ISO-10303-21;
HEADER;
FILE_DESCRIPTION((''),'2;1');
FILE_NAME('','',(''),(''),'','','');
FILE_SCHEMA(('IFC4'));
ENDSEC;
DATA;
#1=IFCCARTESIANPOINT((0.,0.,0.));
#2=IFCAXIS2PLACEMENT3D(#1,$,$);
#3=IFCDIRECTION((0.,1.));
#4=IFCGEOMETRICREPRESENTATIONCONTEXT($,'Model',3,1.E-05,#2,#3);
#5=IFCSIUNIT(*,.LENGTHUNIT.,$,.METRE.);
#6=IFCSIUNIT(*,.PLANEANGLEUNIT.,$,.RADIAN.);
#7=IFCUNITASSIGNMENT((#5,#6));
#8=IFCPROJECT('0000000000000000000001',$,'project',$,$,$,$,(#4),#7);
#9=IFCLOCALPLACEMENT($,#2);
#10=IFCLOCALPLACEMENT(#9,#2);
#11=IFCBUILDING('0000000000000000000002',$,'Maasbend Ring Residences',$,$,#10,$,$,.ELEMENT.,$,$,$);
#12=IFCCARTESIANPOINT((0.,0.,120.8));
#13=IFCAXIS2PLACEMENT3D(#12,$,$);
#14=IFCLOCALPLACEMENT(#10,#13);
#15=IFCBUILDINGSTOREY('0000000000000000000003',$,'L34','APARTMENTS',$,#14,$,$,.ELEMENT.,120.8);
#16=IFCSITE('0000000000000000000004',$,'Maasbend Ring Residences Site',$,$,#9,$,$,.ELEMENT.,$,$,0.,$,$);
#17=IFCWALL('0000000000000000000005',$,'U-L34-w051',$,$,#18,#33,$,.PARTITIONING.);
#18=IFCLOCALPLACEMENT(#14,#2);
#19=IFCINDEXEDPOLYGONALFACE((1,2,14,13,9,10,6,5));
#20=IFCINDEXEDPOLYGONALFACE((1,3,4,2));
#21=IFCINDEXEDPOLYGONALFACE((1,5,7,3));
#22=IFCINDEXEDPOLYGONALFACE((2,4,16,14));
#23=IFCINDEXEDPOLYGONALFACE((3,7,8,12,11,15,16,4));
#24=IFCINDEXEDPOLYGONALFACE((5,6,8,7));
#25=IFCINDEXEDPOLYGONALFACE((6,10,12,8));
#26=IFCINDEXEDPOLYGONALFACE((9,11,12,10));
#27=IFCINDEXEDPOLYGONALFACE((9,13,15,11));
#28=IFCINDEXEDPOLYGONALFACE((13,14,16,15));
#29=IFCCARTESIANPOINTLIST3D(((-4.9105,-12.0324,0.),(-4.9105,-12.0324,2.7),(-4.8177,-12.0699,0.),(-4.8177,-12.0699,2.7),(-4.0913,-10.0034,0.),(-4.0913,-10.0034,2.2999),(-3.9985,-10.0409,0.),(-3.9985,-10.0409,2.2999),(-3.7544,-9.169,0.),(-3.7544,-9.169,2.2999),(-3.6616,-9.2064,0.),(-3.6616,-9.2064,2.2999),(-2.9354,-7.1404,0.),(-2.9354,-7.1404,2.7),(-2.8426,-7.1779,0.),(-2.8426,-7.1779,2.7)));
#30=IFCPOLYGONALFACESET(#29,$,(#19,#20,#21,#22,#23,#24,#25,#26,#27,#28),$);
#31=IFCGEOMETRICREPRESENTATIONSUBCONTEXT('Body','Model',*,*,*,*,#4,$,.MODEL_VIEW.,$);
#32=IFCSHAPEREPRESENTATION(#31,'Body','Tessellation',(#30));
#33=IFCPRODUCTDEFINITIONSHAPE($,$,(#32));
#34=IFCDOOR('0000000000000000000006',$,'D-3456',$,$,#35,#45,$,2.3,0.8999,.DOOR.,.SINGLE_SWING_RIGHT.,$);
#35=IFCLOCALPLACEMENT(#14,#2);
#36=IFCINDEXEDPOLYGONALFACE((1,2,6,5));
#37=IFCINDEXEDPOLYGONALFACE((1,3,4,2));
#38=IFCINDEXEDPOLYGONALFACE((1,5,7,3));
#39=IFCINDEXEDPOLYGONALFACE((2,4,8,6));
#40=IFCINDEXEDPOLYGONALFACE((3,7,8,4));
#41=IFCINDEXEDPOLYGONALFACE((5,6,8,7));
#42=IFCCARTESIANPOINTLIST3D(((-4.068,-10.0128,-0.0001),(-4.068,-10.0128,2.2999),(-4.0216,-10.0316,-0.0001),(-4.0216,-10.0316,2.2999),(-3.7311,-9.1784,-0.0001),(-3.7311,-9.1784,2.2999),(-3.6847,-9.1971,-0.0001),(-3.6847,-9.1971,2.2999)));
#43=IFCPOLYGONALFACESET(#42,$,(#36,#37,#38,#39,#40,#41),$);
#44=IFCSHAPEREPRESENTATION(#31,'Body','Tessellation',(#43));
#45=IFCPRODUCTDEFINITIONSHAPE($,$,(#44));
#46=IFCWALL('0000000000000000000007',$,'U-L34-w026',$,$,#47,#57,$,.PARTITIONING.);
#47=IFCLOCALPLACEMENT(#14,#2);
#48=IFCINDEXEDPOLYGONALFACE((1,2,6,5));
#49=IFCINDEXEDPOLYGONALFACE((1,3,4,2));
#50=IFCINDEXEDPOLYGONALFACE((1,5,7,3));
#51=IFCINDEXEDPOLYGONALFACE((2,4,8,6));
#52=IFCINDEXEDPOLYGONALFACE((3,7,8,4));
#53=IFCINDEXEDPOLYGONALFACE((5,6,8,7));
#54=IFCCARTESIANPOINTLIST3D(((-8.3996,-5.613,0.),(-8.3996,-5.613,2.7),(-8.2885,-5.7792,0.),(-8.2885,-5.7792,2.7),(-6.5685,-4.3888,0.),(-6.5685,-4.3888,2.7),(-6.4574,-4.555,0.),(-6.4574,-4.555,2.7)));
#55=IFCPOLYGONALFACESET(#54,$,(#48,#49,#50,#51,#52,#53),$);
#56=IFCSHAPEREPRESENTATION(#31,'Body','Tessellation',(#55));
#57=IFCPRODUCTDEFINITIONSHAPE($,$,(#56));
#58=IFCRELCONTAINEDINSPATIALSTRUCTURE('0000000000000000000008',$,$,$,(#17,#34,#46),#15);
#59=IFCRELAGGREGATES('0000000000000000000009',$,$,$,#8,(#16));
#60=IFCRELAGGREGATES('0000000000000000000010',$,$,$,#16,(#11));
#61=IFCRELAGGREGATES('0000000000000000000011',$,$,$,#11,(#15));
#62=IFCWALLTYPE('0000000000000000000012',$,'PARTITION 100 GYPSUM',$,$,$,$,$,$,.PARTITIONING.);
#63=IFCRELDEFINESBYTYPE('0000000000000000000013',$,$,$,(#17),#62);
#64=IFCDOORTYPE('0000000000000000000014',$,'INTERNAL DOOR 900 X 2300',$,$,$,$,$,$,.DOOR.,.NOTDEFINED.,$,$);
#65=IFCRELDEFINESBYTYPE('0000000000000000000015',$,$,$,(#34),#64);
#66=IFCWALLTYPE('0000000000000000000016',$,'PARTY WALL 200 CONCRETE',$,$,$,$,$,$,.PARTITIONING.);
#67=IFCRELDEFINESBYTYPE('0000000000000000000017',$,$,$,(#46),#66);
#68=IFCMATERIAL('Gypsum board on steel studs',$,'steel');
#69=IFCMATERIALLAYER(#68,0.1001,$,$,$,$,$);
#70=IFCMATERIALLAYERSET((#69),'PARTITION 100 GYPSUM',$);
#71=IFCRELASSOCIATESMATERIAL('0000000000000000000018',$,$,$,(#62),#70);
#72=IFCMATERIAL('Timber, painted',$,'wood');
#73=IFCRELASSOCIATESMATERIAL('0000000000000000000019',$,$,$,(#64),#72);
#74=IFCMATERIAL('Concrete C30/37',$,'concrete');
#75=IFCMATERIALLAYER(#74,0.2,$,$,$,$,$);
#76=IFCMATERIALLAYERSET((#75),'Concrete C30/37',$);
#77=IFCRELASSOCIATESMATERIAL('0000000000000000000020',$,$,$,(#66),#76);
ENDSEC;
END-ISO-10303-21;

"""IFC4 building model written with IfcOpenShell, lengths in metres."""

from ifc_helpers import new_model, si_unit, direction, frame, frame_2d, origin, place, context, subcontext, project, spatial, rectangle, extrude, material, layer, layer_set, type_object, element, fill, save


model = new_model("IFC4")

# Units and contexts
model_context = context("Model", 3, precision=1e-05, world=origin(), true_north=direction((0.0, 1.0)))
body_context = subcontext(model_context, "Body", "Model", "MODEL_VIEW")
ifc_project = project(units=[si_unit("LENGTHUNIT", "METRE"), si_unit("PLANEANGLEUNIT", "RADIAN")], contexts=[model_context])

# Site, building, storey
site_placement = place(None, origin())
site = spatial("IfcSite", under=ifc_project, at=site_placement, Name="Maasbend Ring Residences Site", CompositionType="ELEMENT", RefElevation=0.0)
building_placement = place(site_placement, origin())
building = spatial("IfcBuilding", under=site, at=building_placement, Name="Maasbend Ring Residences", CompositionType="ELEMENT")
storey_placement = place(building_placement, frame((0.0, 0.0, 120.8)))
storey = spatial("IfcBuildingStorey", under=building, at=storey_placement, Name="L34", Description="APARTMENTS", CompositionType="ELEMENT", Elevation=120.8)

# Wall, opening, door
ifc_material_1 = material(Name="Gypsum board on steel studs", Category="steel")
ifc_layer_1 = layer(ifc_material_1, 0.1001)
ifc_layer_set_1 = layer_set([ifc_layer_1], Name="PARTITION 100 GYPSUM")
wall_type_1 = type_object("IfcWallType", Name="PARTITION 100 GYPSUM", PredefinedType="PARTITIONING", material=ifc_layer_set_1)
wall_1_placement = place(storey_placement, frame((-4.864, -12.051, 0.0), z_axis=(0.0, 0.0, 1.0), x_axis=(0.374373, 0.927278, 0.0)))
wall_1 = element("IfcWall", 1, at=wall_1_placement, inside=storey, type_object=wall_type_1, Name="U-L34-w051", PredefinedType="PARTITIONING", context=body_context, shape_type="SweptSolid", body=[
    extrude(rectangle(XDim=5.2756, YDim=0.1001, at=frame_2d((2.6377, 0.0))), origin(), (0.0, 0.0, 1.0), 2.7),
])
opening_placement = place(wall_1_placement, frame((2.188, 0.0, 0.0)))
opening = element("IfcOpeningElement", 2, at=opening_placement, cuts=wall_1, PredefinedType="OPENING", context=body_context, shape_type="SweptSolid", body=[
    extrude(rectangle(XDim=0.8999, YDim=2.3, at=frame_2d((0.45, 1.1499))), frame((0.0, 0.0601, 0.0), z_axis=(0.0, -1.0, 0.0), x_axis=(1.0, 0.0, 0.0)), (0.0, 0.0, 1.0), 0.1201),
])
ifc_material_2 = material(Name="Timber, painted", Category="wood")
door_type = type_object("IfcDoorType", Name="INTERNAL DOOR 900 X 2300", OperationType="NOTDEFINED", PredefinedType="DOOR", material=ifc_material_2)
door_placement = place(opening_placement, origin())
door = element("IfcDoor", 3, at=door_placement, inside=storey, type_object=door_type, Name="D-3456", OperationType="SINGLE_SWING_RIGHT", OverallHeight=2.3, OverallWidth=0.8999, PredefinedType="DOOR", context=body_context, shape_type="SweptSolid", body=[
    extrude(rectangle(XDim=0.8999, YDim=2.3, at=frame_2d((0.45, 1.1499))), frame((0.0, 0.0249, 0.0), z_axis=(0.0, -1.0, 0.0), x_axis=(1.0, 0.0, 0.0)), (0.0, 0.0, 1.0), 0.05),
])
fill(opening, door)

# Wall
ifc_material_3 = material(Name="Concrete C30/37", Category="concrete")
ifc_layer_2 = layer(ifc_material_3, 0.2)
ifc_layer_set_2 = layer_set([ifc_layer_2], Name="Concrete C30/37")
wall_type_2 = type_object("IfcWallType", Name="PARTY WALL 200 CONCRETE", PredefinedType="PARTITIONING", material=ifc_layer_set_2)
wall_2_placement = place(storey_placement, frame((-6.5129, -4.4719, 0.0), z_axis=(0.0, 0.0, 1.0), x_axis=(-0.831333, -0.555774, 0.0)))
element("IfcWall", 4, at=wall_2_placement, inside=storey, type_object=wall_type_2, Name="U-L34-w026", PredefinedType="PARTITIONING", context=body_context, shape_type="SweptSolid", body=[
    extrude(rectangle(XDim=2.2026, YDim=0.2, at=frame_2d((1.1013, 0.0))), origin(), (0.0, 0.0, 1.0), 2.7),
])

save(model, "model.ifc")
